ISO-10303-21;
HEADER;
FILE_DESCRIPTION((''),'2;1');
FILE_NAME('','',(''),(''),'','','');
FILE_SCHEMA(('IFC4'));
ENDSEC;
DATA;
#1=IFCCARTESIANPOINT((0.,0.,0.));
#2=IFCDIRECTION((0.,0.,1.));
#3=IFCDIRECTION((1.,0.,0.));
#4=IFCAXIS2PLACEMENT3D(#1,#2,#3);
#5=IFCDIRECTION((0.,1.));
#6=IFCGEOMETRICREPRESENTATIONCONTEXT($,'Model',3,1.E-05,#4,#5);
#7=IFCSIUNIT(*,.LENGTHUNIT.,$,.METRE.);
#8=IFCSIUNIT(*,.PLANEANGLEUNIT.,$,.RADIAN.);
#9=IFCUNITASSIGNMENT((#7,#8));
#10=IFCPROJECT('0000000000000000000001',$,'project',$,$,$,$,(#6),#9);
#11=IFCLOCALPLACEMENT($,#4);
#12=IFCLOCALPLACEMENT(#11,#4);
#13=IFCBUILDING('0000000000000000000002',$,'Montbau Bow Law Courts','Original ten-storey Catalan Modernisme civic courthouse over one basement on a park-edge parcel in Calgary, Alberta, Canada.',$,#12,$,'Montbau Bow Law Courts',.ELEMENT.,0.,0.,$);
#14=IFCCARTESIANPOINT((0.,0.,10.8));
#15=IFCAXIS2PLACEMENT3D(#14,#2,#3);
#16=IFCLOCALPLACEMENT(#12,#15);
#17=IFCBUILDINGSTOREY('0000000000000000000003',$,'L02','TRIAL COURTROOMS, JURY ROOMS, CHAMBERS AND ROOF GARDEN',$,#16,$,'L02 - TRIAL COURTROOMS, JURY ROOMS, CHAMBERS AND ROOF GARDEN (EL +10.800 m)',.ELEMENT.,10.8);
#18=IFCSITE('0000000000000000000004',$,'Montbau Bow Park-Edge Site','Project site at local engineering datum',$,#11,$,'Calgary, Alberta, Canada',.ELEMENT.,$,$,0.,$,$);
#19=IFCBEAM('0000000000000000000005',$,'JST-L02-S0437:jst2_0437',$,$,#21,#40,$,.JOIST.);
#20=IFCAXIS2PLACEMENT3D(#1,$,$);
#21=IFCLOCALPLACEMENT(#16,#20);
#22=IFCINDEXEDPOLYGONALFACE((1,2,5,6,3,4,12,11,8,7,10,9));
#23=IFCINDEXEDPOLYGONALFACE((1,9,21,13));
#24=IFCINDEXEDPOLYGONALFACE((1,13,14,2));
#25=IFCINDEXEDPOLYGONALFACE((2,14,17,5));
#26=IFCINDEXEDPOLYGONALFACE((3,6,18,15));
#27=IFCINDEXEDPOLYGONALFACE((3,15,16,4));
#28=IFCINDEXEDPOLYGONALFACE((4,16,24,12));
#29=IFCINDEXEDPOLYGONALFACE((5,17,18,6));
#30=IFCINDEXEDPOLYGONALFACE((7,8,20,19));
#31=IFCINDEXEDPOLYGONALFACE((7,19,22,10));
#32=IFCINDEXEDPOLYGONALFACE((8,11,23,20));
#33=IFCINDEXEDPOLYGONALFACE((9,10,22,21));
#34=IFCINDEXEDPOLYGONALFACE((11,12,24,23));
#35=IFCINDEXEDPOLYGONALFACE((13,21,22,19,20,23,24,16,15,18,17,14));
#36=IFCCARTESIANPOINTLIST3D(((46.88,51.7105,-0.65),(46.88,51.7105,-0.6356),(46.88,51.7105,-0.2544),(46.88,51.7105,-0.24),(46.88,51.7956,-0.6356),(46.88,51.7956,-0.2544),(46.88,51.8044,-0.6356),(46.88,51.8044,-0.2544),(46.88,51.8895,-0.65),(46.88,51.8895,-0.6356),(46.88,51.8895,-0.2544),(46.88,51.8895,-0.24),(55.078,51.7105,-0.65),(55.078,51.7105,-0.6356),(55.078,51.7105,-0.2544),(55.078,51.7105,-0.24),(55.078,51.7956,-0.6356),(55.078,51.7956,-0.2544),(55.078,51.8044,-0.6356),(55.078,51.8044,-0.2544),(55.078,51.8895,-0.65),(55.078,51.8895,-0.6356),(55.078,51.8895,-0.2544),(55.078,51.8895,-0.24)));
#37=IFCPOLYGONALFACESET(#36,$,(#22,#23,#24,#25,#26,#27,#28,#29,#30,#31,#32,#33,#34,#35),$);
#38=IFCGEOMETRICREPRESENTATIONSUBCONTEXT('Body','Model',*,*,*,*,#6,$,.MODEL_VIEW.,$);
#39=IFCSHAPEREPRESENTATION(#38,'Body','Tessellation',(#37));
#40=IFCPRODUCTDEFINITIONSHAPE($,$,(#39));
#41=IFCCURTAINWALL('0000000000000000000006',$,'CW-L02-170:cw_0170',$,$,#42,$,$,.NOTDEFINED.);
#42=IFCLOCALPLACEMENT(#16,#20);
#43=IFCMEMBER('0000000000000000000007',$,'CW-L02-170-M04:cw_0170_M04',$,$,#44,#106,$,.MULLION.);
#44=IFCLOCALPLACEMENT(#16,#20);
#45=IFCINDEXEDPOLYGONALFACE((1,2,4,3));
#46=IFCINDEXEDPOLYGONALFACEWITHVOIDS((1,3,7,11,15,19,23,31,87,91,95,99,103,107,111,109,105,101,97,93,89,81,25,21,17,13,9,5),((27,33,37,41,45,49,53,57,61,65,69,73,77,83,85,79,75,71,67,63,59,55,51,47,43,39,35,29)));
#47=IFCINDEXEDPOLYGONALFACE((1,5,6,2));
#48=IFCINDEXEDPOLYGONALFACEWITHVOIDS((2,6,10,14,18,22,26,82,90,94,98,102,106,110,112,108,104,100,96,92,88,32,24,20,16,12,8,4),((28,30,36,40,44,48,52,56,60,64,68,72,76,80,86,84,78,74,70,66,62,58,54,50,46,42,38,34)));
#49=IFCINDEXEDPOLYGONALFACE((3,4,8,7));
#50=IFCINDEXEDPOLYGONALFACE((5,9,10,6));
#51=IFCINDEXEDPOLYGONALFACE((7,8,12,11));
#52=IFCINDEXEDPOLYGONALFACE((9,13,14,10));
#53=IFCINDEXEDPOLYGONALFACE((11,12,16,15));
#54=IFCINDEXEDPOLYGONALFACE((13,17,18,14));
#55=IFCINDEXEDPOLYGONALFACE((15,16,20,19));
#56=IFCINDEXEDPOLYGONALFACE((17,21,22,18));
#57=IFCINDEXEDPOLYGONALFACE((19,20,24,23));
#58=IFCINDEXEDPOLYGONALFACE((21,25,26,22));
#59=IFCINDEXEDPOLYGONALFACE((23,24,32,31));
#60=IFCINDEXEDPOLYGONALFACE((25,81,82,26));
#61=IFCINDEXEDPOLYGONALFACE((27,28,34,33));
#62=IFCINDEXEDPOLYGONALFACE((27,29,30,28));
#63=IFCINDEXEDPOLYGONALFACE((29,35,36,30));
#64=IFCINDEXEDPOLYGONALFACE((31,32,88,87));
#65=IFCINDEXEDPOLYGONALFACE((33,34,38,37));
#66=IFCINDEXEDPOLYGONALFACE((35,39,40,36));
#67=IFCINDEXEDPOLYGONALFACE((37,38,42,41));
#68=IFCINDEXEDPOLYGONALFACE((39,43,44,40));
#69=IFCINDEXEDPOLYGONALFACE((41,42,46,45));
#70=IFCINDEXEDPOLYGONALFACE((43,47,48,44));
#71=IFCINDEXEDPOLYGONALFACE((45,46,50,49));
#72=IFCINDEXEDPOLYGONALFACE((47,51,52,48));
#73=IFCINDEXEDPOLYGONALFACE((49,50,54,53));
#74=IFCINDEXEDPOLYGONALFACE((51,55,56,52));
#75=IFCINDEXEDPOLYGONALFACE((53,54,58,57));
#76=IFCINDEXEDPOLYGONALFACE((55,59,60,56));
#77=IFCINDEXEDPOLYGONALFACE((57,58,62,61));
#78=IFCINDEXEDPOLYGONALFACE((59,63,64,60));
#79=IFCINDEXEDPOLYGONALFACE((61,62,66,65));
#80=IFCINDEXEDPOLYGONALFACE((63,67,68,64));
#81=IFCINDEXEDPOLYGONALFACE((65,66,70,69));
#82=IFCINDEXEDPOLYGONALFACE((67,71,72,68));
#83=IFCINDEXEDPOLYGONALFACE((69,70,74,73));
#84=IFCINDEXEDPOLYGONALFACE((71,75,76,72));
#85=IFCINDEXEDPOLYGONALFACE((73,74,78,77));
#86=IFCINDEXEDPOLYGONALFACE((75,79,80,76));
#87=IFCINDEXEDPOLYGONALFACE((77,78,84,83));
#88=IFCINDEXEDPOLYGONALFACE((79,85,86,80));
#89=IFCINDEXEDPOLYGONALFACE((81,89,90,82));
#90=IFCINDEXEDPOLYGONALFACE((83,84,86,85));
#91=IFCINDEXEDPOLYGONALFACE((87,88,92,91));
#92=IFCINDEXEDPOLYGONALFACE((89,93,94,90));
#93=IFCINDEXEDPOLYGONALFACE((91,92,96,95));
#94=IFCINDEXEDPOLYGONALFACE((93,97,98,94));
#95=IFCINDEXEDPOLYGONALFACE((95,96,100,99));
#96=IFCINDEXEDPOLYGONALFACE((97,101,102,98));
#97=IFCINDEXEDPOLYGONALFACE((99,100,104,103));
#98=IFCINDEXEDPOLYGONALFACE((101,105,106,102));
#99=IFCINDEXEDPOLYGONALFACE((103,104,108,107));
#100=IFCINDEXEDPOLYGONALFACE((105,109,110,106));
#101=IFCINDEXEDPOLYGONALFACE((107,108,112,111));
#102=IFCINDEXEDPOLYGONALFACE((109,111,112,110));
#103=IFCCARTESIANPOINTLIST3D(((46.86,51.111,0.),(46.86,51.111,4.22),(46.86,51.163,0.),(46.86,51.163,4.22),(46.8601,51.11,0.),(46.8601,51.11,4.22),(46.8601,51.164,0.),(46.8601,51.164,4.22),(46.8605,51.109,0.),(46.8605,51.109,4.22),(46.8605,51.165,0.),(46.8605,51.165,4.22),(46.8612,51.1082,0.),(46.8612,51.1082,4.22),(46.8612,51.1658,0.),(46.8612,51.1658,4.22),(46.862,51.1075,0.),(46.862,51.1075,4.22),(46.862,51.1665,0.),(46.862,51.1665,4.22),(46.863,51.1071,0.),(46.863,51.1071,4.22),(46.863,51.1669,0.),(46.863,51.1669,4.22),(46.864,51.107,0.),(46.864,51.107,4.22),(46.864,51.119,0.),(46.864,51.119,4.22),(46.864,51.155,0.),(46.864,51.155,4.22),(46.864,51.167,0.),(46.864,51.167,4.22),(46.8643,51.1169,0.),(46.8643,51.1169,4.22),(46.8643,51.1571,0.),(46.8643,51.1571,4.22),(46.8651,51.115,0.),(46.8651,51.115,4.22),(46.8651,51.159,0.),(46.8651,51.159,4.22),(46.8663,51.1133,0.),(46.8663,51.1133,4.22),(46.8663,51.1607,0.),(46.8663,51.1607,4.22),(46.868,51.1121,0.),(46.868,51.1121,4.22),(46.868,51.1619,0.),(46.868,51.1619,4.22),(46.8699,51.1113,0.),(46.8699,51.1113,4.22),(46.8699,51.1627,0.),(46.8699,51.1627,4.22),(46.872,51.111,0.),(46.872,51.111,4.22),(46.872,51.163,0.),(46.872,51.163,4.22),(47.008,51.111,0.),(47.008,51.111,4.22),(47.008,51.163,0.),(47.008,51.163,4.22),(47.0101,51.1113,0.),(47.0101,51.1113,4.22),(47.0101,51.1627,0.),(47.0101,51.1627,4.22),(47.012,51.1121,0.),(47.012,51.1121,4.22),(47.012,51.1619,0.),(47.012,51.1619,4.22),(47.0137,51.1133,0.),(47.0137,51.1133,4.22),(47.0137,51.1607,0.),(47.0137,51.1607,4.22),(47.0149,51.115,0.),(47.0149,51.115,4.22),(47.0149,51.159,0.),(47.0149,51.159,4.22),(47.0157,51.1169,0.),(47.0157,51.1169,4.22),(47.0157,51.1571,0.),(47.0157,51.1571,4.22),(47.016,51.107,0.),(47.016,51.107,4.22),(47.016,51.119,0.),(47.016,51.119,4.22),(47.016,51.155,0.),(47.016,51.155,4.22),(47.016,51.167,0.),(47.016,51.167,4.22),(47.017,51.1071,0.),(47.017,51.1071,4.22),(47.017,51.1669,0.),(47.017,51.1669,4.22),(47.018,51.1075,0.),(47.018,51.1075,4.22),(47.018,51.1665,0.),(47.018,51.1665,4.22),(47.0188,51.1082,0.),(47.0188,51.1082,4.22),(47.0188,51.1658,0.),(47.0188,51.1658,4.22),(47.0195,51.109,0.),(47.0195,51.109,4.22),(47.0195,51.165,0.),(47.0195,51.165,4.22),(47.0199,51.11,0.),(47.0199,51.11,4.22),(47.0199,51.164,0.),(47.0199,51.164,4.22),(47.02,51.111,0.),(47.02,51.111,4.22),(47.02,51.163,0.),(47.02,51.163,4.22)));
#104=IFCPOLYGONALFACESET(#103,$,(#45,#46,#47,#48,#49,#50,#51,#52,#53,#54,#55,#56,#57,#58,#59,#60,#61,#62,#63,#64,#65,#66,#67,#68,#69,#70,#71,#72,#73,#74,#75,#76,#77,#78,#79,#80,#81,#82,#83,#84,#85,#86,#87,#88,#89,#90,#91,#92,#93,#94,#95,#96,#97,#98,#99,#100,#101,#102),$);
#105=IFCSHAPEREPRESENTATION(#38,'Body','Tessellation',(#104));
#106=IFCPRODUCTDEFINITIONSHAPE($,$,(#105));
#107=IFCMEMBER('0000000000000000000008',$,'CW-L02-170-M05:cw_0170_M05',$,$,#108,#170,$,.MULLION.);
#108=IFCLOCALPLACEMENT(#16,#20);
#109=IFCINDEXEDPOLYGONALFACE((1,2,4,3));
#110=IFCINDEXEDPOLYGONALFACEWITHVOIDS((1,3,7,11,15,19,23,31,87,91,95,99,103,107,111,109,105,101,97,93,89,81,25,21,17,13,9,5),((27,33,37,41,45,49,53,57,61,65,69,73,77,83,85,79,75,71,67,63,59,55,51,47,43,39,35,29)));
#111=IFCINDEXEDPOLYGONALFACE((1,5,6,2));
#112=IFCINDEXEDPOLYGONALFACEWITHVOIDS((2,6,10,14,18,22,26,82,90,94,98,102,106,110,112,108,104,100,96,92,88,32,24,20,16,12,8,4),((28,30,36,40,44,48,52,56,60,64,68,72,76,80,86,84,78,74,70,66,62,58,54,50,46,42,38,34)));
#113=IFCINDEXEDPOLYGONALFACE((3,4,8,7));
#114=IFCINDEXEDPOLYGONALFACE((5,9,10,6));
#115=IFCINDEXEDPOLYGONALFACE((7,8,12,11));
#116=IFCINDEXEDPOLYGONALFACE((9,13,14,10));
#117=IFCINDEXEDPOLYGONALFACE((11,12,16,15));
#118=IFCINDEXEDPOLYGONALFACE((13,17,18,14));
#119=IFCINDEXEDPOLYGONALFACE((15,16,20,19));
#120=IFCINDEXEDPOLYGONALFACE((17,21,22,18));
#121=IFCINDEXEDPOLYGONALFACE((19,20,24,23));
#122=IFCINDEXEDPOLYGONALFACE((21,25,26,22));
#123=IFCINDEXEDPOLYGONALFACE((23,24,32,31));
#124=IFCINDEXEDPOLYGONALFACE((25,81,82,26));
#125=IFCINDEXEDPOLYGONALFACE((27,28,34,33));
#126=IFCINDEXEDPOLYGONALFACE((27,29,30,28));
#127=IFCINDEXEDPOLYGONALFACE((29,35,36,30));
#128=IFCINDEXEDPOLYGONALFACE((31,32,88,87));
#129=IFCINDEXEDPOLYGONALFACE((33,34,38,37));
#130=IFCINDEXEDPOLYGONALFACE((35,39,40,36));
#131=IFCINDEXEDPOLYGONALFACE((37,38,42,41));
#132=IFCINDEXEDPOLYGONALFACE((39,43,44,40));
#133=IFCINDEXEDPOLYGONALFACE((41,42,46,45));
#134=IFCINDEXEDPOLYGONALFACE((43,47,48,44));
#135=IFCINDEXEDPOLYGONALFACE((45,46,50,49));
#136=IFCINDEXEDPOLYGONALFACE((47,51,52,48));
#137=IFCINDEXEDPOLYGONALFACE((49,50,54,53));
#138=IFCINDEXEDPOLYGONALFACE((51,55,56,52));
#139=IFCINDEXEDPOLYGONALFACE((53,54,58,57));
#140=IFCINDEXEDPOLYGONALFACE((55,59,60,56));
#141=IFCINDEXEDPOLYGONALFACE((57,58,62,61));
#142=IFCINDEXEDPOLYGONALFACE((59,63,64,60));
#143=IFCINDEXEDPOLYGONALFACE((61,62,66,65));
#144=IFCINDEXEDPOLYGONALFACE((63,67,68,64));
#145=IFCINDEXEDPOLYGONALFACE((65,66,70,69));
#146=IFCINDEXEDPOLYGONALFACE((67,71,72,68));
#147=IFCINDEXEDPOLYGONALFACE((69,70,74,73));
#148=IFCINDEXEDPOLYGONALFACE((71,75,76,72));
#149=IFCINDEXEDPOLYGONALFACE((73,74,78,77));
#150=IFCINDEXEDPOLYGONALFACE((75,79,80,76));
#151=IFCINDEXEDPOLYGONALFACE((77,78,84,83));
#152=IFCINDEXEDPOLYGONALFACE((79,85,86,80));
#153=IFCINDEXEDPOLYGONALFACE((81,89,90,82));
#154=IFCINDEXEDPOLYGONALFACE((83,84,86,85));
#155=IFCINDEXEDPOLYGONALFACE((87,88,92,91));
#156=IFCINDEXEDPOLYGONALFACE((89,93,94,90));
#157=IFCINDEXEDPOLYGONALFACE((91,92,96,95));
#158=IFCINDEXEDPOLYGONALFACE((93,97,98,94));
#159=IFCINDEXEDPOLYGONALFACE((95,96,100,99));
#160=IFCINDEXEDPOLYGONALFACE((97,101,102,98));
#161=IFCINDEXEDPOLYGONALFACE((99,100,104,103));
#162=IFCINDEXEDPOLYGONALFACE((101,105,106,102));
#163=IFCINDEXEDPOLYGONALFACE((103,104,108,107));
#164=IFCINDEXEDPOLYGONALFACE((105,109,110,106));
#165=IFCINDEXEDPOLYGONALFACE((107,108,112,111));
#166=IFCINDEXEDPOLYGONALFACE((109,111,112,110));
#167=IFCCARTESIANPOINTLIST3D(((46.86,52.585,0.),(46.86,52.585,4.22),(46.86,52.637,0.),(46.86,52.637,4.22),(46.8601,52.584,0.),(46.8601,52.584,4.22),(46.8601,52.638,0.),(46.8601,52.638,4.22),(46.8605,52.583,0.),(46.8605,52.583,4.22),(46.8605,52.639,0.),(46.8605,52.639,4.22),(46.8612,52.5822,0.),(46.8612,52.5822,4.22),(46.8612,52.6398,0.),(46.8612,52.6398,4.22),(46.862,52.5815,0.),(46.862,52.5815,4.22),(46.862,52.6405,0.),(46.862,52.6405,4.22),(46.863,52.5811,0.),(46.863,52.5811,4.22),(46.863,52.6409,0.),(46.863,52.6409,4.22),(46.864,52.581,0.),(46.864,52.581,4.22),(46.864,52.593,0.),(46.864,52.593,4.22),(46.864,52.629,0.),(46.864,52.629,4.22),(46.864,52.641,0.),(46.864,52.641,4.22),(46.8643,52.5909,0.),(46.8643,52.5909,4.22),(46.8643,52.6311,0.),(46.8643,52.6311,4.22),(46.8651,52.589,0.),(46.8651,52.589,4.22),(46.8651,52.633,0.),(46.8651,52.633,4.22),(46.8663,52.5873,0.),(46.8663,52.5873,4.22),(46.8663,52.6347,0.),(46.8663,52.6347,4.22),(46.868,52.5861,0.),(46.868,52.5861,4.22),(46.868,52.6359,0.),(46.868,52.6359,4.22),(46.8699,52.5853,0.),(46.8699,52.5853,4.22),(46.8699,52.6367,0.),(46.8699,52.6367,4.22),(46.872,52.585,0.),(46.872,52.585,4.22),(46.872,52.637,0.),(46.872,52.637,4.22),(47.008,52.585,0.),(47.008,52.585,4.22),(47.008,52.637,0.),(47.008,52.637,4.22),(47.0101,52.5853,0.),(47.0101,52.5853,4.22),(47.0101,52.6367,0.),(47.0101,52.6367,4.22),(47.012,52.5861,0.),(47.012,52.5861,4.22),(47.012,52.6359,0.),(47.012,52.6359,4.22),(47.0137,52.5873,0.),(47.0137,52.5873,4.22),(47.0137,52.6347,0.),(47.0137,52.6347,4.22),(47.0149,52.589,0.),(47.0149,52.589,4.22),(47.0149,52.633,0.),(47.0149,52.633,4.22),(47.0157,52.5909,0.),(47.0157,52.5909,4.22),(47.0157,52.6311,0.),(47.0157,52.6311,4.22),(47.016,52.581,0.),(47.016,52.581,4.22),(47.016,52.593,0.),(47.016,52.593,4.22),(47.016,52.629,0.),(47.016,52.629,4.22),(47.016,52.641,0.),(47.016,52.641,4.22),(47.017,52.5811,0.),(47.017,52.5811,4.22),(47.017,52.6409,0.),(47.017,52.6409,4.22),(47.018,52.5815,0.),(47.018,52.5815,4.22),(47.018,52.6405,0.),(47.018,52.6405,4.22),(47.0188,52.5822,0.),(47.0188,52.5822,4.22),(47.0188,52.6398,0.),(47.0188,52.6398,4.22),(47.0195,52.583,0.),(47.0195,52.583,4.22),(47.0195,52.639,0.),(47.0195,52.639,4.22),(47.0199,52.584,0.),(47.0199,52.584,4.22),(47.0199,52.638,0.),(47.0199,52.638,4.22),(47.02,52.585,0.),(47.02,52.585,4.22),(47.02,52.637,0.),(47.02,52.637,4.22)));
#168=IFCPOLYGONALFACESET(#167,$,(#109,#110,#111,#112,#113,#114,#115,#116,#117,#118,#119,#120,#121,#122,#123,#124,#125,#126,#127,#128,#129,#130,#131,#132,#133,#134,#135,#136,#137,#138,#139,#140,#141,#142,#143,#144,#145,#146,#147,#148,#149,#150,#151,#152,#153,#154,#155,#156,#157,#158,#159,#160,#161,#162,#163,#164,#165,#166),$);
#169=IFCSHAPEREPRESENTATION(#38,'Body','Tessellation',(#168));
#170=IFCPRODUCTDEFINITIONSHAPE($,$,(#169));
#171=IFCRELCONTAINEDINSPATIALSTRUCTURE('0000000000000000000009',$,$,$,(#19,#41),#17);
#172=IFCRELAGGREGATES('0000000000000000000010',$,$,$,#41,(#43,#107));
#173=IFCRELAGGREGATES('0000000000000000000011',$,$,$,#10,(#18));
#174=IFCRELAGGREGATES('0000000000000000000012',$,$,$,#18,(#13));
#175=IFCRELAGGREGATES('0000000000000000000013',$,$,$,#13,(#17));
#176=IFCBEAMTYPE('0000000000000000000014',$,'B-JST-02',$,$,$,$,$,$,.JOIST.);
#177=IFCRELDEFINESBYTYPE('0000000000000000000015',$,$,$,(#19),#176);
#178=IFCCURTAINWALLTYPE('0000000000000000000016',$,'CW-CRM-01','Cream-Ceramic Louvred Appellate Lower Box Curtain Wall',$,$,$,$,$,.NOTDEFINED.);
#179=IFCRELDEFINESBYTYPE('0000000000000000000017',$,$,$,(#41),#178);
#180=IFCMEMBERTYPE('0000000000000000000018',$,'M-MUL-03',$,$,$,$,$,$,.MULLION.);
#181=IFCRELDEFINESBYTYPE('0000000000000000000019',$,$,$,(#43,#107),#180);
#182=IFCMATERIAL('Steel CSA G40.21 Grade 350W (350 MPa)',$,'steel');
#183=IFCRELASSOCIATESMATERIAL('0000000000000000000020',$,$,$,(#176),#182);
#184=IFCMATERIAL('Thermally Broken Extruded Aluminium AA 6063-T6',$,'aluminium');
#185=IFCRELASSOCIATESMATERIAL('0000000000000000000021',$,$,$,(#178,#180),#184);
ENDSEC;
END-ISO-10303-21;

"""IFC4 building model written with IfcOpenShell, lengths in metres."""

from ifc_helpers import new_model, si_unit, direction, frame, origin_with_axes, origin_2d_with_axis, place, context, subcontext, project, spatial, hollow_rectangle, i_section, extrude, material, material_profile, profile_set, type_object, element, aggregate, save


model = new_model("IFC4")

# Units and contexts
model_context = context("Model", 3, precision=1e-05, world=origin_with_axes(), true_north=direction((0.0, 1.0)))
body_context = subcontext(model_context, "Body", "Model", "MODEL_VIEW")
ifc_project = project(units=[si_unit("LENGTHUNIT", "METRE"), si_unit("PLANEANGLEUNIT", "RADIAN")], contexts=[model_context])

# Site, building, storey
site_placement = place(None, origin_with_axes())
site = spatial("IfcSite", under=ifc_project, at=site_placement, Name="Montbau Bow Park-Edge Site", Description="Project site at local engineering datum", LongName="Calgary, Alberta, Canada", CompositionType="ELEMENT", RefElevation=0.0)
building_placement = place(site_placement, origin_with_axes())
building = spatial("IfcBuilding", under=site, at=building_placement, Name="Montbau Bow Law Courts", Description="Original ten-storey Catalan Modernisme civic courthouse over one basement on a park-edge parcel in Calgary, Alberta, Canada.", LongName="Montbau Bow Law Courts", CompositionType="ELEMENT", ElevationOfRefHeight=0.0, ElevationOfTerrain=0.0)
storey_placement = place(building_placement, frame((0.0, 0.0, 10.8), z_axis=(0.0, 0.0, 1.0), x_axis=(1.0, 0.0, 0.0)))
storey = spatial("IfcBuildingStorey", under=building, at=storey_placement, Name="L02", Description="TRIAL COURTROOMS, JURY ROOMS, CHAMBERS AND ROOF GARDEN", LongName="L02 - TRIAL COURTROOMS, JURY ROOMS, CHAMBERS AND ROOF GARDEN (EL +10.800 m)", CompositionType="ELEMENT", Elevation=10.8)

# Beam
ifc_material_1 = material(Name="Steel CSA G40.21 Grade 350W (350 MPa)", Category="steel")
ifc_material_profile_1 = material_profile(ifc_material_1, i_section(OverallWidth=0.179, OverallDepth=0.41, WebThickness=0.0088, FlangeThickness=0.0144, at=origin_2d_with_axis()), Name="W410X67", Category="Main", Priority=0)
ifc_profile_set_1 = profile_set([ifc_material_profile_1], Name="Steel CSA G40.21 Grade 350W (350 MPa)")
beam_type = type_object("IfcBeamType", Name="B-JST-02", PredefinedType="JOIST", material=ifc_profile_set_1)
beam_placement = place(None, frame((46.88, 51.8, 10.355), z_axis=(1.0, 0.0, 0.0), x_axis=(0.0, 1.0, 0.0)))
element("IfcBeam", 1, at=beam_placement, inside=storey, type_object=beam_type, Name="JST-L02-S0437:jst2_0437", PredefinedType="JOIST", context=body_context, shape_type="SweptSolid", body=[
    extrude(i_section(OverallWidth=0.179, OverallDepth=0.41, WebThickness=0.0088, FlangeThickness=0.0144, at=origin_2d_with_axis()), origin_with_axes(), (0.0, 0.0, 1.0), 8.198),
])

# Curtain wall, members
ifc_material_2 = material(Name="Thermally Broken Extruded Aluminium AA 6063-T6", Category="aluminium")
curtain_wall_type = type_object("IfcCurtainWallType", Name="CW-CRM-01", Description="Cream-Ceramic Louvred Appellate Lower Box Curtain Wall", PredefinedType="NOTDEFINED", material=ifc_material_2)
curtain_wall_placement = place(None, frame((46.94, 46.715, 10.8), z_axis=(0.0, 0.0, 1.0), x_axis=(1.0, 0.0, 0.0)))
curtain_wall = element("IfcCurtainWall", 2, at=curtain_wall_placement, inside=storey, type_object=curtain_wall_type, Name="CW-L02-170:cw_0170", PredefinedType="NOTDEFINED")
ifc_material_profile_2 = material_profile(ifc_material_2, hollow_rectangle(XDim=0.06, YDim=0.16, WallThickness=0.004, InnerFilletRadius=0.008, OuterFilletRadius=0.004, at=origin_2d_with_axis()), Name="CWM-160X60", Category="Main", Priority=0)
ifc_profile_set_2 = profile_set([ifc_material_profile_2], Name="Thermally Broken Extruded Aluminium AA 6063-T6")
member_type_1 = type_object("IfcMemberType", Name="M-MUL-03", PredefinedType="MULLION", material=ifc_profile_set_2)
member_1_placement = place(None, frame((46.94, 51.137, 10.8), z_axis=(0.0, 0.0, 1.0), x_axis=(0.0, 1.0, 0.0)))
member_1 = element("IfcMember", 3, at=member_1_placement, type_object=member_type_1, Name="CW-L02-170-M04:cw_0170_M04", PredefinedType="MULLION", context=body_context, shape_type="SweptSolid", body=[
    extrude(hollow_rectangle(XDim=0.06, YDim=0.16, WallThickness=0.004, InnerFilletRadius=0.008, OuterFilletRadius=0.004, at=origin_2d_with_axis()), origin_with_axes(), (0.0, 0.0, 1.0), 4.22),
])
member_2_placement = place(None, frame((46.94, 52.611, 10.8), z_axis=(0.0, 0.0, 1.0), x_axis=(0.0, 1.0, 0.0)))
member_2 = element("IfcMember", 4, at=member_2_placement, type_object=member_type_1, Name="CW-L02-170-M05:cw_0170_M05", PredefinedType="MULLION", context=body_context, shape_type="SweptSolid", body=[
    extrude(hollow_rectangle(XDim=0.06, YDim=0.16, WallThickness=0.004, InnerFilletRadius=0.008, OuterFilletRadius=0.004, at=origin_2d_with_axis()), origin_with_axes(), (0.0, 0.0, 1.0), 4.22),
])
aggregate(curtain_wall, [member_1, member_2])

save(model, "model.ifc")
